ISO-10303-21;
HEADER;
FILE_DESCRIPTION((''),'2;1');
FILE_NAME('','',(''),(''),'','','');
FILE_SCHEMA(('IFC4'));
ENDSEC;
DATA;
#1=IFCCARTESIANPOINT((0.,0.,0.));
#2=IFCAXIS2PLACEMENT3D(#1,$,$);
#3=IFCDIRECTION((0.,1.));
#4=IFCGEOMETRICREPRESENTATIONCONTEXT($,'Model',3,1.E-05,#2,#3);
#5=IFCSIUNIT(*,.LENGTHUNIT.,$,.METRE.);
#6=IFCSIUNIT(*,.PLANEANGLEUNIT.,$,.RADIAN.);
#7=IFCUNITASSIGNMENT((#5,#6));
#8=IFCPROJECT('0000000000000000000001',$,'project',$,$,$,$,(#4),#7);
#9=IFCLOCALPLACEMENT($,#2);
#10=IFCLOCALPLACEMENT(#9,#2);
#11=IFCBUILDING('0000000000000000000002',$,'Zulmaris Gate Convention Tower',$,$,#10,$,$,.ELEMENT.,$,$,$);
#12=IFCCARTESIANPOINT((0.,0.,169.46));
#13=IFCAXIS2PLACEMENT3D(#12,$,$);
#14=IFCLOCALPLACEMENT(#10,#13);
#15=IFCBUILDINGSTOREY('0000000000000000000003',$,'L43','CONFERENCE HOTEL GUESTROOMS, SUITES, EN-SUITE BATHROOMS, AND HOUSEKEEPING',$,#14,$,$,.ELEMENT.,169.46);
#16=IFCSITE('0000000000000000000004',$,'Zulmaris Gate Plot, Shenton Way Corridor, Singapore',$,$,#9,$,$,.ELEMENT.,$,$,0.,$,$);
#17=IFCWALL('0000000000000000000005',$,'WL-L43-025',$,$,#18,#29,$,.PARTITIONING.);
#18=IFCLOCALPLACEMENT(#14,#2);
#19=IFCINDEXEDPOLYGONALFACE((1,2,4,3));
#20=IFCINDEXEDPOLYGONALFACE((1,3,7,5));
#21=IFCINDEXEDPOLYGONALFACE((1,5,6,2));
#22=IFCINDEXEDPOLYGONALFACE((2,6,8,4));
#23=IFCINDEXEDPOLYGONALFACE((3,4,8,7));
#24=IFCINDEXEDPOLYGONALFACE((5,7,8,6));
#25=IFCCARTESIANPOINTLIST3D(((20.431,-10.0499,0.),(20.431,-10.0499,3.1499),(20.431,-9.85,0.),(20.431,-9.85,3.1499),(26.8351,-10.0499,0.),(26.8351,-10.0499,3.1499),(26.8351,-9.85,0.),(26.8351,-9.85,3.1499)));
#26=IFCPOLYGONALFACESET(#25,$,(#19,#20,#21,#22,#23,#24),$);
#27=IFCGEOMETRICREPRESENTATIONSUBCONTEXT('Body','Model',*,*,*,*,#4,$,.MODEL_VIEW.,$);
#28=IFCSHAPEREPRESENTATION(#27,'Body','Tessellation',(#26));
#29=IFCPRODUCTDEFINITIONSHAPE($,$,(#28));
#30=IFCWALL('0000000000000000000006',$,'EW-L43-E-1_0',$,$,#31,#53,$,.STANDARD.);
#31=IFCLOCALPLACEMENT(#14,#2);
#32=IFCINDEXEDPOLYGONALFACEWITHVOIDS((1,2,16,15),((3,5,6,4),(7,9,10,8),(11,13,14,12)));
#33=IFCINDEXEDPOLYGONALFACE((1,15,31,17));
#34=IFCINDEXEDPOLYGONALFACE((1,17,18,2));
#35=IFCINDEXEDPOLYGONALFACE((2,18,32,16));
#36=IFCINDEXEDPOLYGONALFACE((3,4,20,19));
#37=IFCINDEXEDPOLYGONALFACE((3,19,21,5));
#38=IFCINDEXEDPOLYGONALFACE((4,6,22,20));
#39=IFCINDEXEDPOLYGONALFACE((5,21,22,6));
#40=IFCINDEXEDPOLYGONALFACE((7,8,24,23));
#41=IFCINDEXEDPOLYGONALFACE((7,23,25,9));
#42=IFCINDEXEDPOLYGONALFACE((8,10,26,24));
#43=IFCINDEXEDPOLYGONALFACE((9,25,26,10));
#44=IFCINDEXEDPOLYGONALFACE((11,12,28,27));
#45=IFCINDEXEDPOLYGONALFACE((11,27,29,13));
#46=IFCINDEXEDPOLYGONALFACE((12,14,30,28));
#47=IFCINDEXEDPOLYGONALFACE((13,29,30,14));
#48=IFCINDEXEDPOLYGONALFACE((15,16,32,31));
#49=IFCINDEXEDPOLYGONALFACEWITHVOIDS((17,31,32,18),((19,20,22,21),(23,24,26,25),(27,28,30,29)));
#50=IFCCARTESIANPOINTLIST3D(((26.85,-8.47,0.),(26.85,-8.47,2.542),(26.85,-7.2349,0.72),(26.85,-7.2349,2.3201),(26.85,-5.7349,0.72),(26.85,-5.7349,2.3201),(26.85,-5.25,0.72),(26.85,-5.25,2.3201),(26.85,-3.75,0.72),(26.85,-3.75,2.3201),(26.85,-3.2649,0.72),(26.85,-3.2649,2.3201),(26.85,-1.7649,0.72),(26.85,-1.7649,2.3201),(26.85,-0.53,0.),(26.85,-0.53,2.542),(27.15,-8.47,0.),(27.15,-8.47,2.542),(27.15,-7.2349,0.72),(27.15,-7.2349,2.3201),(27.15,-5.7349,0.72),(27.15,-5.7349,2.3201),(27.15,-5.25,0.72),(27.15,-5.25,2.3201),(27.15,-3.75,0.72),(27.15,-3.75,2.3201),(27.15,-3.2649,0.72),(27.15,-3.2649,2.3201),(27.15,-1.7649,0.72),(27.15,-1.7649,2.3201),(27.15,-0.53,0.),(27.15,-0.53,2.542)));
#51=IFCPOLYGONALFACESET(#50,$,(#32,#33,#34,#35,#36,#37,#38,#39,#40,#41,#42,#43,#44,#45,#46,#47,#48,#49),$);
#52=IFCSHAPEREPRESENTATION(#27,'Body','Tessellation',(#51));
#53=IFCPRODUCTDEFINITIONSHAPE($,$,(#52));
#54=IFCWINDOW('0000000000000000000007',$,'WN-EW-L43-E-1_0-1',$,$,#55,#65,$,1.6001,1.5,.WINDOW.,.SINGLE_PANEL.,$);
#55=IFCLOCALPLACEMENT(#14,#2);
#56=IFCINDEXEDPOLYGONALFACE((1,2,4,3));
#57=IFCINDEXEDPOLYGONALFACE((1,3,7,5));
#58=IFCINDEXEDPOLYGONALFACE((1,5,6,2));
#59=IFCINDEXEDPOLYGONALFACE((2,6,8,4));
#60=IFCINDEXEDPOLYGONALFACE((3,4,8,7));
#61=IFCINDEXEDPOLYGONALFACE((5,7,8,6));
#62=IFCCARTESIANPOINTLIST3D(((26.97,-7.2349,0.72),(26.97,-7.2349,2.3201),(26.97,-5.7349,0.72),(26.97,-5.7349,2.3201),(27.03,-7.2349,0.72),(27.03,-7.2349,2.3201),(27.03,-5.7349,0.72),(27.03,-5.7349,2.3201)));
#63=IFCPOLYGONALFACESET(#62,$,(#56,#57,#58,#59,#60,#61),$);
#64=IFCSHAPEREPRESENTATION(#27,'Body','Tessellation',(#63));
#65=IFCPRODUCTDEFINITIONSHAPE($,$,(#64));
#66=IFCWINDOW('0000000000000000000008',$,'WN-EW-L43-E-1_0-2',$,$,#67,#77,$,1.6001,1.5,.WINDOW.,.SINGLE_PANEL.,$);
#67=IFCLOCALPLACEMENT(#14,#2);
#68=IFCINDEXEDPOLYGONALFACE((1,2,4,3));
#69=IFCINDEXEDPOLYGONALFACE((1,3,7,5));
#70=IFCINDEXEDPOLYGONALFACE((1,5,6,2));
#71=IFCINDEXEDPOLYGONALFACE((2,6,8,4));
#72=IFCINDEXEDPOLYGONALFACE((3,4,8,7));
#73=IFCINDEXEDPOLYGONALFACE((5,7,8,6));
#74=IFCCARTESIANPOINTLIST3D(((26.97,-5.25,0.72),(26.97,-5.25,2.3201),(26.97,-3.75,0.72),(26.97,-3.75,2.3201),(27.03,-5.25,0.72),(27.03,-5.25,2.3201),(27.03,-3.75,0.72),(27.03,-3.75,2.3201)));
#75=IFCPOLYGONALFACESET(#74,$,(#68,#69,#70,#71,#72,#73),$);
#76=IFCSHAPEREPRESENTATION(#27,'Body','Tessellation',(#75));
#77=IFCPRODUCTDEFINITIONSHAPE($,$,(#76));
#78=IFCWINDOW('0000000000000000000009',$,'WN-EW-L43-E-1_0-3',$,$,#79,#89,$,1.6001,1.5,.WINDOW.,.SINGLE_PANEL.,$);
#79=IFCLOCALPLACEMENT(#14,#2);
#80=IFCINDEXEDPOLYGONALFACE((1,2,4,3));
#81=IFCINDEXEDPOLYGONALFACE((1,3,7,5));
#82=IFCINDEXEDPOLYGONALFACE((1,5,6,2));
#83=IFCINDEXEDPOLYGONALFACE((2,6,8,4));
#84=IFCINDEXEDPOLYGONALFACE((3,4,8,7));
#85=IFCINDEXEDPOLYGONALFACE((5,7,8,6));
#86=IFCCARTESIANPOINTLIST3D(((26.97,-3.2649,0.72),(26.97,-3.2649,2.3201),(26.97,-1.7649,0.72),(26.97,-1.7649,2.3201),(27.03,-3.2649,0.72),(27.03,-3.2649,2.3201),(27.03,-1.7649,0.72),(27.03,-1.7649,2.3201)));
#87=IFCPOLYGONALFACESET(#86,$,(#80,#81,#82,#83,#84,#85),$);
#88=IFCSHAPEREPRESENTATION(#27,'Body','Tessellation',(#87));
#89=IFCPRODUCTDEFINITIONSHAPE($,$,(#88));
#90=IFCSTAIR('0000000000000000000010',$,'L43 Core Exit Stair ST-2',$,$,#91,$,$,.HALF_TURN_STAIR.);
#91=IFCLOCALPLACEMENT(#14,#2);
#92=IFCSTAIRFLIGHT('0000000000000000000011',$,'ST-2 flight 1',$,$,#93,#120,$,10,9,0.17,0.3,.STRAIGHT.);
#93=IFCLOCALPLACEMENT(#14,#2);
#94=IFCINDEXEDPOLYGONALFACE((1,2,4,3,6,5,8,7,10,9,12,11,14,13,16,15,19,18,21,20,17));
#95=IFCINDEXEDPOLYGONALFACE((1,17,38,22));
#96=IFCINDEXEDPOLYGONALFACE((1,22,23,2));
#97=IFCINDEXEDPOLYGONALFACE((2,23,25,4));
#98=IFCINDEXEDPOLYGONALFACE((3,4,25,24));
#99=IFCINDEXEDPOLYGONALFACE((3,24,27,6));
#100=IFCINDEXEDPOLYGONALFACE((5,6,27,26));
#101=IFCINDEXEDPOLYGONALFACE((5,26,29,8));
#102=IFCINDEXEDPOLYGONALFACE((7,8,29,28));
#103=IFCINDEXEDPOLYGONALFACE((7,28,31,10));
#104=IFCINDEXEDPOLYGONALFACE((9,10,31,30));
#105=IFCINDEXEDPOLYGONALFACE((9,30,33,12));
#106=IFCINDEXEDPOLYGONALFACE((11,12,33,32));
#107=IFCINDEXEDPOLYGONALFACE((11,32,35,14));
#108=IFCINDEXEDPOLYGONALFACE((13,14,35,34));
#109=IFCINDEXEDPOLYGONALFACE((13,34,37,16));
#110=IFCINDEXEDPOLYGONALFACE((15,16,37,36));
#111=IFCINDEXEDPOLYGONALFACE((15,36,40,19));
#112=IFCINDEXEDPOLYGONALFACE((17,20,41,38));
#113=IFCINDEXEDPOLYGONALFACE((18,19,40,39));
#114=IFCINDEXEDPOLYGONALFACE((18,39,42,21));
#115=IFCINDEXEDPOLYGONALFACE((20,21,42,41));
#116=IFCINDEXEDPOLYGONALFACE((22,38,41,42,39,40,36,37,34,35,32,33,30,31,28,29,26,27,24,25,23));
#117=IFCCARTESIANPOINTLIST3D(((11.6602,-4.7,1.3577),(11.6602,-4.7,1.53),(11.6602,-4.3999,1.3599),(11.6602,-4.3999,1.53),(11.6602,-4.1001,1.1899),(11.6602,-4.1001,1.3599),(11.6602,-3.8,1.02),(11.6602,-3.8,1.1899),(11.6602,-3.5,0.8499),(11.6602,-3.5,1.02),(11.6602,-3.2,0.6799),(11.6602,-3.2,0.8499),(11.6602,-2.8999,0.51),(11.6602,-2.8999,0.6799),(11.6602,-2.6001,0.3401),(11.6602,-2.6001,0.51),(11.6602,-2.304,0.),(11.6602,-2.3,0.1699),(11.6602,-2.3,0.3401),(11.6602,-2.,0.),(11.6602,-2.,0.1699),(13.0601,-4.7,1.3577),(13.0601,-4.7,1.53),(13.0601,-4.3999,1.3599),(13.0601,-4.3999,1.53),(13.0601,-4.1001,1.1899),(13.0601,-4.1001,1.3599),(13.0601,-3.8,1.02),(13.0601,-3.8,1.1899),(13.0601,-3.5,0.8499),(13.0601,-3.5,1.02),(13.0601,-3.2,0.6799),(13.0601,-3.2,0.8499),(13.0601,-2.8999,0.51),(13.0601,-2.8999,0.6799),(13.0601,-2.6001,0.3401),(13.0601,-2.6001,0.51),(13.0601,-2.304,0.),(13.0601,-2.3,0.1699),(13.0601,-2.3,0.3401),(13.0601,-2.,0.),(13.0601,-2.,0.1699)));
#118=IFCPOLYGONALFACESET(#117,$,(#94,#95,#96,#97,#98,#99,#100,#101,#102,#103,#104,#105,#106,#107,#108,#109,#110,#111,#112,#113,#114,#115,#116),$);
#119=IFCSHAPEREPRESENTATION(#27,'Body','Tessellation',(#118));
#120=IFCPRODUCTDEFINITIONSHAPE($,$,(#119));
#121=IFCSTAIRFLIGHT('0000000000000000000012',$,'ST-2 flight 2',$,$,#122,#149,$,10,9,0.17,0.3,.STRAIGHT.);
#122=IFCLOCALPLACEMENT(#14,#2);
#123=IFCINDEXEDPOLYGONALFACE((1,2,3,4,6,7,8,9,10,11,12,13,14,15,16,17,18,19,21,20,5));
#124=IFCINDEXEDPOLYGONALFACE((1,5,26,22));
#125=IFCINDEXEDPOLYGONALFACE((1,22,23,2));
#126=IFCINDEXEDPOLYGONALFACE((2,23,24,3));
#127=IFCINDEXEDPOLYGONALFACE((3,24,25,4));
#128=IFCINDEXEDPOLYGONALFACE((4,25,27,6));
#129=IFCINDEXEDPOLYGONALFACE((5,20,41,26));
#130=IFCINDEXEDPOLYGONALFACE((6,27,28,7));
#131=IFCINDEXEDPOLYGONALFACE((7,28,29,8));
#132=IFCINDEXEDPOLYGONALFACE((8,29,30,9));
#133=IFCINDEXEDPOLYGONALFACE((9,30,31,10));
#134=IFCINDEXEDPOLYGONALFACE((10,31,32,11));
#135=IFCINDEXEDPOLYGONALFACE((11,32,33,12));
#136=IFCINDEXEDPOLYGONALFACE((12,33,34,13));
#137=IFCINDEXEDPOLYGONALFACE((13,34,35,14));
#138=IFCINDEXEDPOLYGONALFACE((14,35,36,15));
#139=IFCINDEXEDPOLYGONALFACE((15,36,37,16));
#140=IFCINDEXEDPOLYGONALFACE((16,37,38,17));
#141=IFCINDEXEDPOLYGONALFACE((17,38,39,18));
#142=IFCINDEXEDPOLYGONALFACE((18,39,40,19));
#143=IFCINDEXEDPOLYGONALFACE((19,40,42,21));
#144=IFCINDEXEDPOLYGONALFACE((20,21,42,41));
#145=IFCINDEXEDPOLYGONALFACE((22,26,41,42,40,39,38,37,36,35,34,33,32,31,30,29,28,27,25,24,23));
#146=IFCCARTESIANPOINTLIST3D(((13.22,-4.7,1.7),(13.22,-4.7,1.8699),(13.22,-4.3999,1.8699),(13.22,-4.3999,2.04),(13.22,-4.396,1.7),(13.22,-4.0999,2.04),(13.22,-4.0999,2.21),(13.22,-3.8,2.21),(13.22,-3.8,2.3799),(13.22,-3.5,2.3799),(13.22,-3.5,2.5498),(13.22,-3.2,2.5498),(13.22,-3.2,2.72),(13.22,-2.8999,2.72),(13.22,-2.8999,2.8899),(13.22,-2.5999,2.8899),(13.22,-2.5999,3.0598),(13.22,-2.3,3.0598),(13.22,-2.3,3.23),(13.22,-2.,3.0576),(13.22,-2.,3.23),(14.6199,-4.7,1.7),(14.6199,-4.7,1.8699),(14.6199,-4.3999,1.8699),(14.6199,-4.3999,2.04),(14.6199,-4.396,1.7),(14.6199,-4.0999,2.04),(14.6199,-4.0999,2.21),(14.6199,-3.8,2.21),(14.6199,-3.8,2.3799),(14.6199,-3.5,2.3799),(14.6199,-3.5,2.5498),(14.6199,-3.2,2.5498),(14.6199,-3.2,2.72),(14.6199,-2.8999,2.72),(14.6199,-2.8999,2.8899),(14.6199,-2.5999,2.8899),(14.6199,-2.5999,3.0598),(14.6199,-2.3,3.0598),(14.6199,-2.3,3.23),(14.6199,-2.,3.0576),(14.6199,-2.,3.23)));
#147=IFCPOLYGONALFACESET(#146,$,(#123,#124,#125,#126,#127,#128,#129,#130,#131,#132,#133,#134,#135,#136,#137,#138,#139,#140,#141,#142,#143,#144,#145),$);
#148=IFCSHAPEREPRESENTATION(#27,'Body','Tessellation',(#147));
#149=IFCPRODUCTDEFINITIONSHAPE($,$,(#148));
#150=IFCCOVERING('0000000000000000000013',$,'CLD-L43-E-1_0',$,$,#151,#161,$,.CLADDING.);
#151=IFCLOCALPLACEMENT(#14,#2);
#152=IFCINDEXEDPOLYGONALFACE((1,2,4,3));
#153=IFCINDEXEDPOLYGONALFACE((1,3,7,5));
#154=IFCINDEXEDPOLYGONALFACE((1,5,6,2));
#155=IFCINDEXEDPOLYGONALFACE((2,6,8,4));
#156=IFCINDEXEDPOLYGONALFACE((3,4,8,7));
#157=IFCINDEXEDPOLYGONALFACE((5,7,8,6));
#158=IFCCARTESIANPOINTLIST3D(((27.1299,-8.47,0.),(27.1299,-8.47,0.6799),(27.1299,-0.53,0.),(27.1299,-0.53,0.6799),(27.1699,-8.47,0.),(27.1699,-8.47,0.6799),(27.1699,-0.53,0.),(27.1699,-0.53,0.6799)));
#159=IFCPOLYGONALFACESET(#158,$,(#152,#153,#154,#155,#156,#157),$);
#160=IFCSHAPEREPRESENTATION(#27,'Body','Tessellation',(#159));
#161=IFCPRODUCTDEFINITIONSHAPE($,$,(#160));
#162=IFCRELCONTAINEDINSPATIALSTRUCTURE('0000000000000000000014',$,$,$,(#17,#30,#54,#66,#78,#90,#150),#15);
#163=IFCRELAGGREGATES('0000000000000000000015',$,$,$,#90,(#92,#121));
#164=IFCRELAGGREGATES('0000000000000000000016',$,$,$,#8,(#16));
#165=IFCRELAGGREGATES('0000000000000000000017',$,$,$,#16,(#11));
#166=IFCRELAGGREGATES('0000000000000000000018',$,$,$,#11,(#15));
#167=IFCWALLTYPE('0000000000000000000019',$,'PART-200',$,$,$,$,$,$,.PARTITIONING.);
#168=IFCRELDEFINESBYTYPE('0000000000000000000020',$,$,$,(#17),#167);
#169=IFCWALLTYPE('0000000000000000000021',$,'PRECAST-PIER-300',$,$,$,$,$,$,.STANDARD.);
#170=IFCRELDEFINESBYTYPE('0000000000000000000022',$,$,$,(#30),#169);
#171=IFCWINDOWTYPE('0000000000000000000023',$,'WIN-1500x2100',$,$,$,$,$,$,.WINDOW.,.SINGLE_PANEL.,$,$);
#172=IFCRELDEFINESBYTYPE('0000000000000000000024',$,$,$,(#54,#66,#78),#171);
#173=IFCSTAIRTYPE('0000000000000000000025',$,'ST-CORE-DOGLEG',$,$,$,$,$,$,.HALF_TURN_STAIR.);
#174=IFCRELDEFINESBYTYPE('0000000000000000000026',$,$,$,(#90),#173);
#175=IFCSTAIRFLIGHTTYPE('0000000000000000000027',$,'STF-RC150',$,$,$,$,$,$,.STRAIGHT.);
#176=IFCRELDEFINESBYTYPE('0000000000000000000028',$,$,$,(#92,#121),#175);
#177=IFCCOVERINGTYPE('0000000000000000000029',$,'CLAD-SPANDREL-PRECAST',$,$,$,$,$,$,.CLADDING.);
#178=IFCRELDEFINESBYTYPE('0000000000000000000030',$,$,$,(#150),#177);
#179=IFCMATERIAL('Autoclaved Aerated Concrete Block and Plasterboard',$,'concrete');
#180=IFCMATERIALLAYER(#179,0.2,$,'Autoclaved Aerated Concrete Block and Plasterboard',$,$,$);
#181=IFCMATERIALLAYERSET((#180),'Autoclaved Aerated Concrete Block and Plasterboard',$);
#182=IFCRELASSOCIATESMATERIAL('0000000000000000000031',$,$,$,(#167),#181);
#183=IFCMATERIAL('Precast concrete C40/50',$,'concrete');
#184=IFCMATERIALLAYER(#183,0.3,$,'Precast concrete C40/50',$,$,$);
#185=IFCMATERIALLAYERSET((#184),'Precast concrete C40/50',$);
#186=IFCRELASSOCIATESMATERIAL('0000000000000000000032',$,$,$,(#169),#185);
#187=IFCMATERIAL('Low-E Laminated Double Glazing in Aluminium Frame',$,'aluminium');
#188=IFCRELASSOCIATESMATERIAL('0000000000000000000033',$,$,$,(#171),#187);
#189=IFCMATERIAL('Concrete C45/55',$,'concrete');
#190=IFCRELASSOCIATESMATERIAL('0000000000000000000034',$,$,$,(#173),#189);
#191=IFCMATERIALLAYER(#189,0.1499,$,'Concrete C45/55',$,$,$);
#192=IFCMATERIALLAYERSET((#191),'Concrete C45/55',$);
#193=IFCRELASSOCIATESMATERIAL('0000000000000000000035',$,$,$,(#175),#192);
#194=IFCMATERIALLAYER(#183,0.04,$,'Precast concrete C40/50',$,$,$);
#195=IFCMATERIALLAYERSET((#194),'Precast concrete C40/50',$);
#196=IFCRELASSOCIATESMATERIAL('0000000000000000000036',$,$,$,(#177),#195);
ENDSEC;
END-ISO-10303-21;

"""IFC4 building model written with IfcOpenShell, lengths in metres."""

from ifc_helpers import new_model, si_unit, direction, frame, frame_2d, origin, place, context, subcontext, project, spatial, polyline, rectangle, outline, extrude, material, layer, layer_set, type_object, element, fill, aggregate, save


model = new_model("IFC4")

# Units and contexts
model_context = context("Model", 3, precision=1e-05, world=origin(), true_north=direction((0.0, 1.0)))
body_context = subcontext(model_context, "Body", "Model", "MODEL_VIEW")
ifc_project = project(units=[si_unit("LENGTHUNIT", "METRE"), si_unit("PLANEANGLEUNIT", "RADIAN")], contexts=[model_context])

# Site, building, storey
site_placement = place(None, origin())
site = spatial("IfcSite", under=ifc_project, at=site_placement, Name="Zulmaris Gate Plot, Shenton Way Corridor, Singapore", CompositionType="ELEMENT", RefElevation=0.0)
building_placement = place(site_placement, origin())
building = spatial("IfcBuilding", under=site, at=building_placement, Name="Zulmaris Gate Convention Tower", CompositionType="ELEMENT")
storey_placement = place(building_placement, frame((0.0, 0.0, 169.46)))
storey = spatial("IfcBuildingStorey", under=building, at=storey_placement, Name="L43", Description="CONFERENCE HOTEL GUESTROOMS, SUITES, EN-SUITE BATHROOMS, AND HOUSEKEEPING", CompositionType="ELEMENT", Elevation=169.46)

# Wall
ifc_material_1 = material(Name="Autoclaved Aerated Concrete Block and Plasterboard", Category="concrete")
ifc_layer_1 = layer(ifc_material_1, 0.2, Name="Autoclaved Aerated Concrete Block and Plasterboard")
ifc_layer_set_1 = layer_set([ifc_layer_1], Name="Autoclaved Aerated Concrete Block and Plasterboard")
wall_type_1 = type_object("IfcWallType", Name="PART-200", PredefinedType="PARTITIONING", material=ifc_layer_set_1)
wall_1_placement = place(storey_placement, frame((20.4309, -9.95, 0.0), z_axis=(0.0, 0.0, 1.0), x_axis=(1.0, 0.0, 0.0)))
element("IfcWall", 1, at=wall_1_placement, inside=storey, type_object=wall_type_1, Name="WL-L43-025", PredefinedType="PARTITIONING", context=body_context, shape_type="SweptSolid", body=[
    extrude(rectangle(XDim=6.4041, YDim=0.2, at=frame_2d((3.2021, 0.0))), origin(), (0.0, 0.0, 1.0), 3.1499),
])

# Wall, openings, windows
ifc_material_2 = material(Name="Precast concrete C40/50", Category="concrete")
ifc_layer_2 = layer(ifc_material_2, 0.3, Name="Precast concrete C40/50")
ifc_layer_set_2 = layer_set([ifc_layer_2], Name="Precast concrete C40/50")
wall_type_2 = type_object("IfcWallType", Name="PRECAST-PIER-300", PredefinedType="STANDARD", material=ifc_layer_set_2)
wall_2_placement = place(storey_placement, frame((27.0, -8.47, 0.0), z_axis=(0.0, 0.0, 1.0), x_axis=(0.0, 1.0, 0.0)))
wall_2 = element("IfcWall", 2, at=wall_2_placement, inside=storey, type_object=wall_type_2, Name="EW-L43-E-1_0", PredefinedType="STANDARD", context=body_context, shape_type="SweptSolid", body=[
    extrude(rectangle(XDim=7.9399, YDim=0.3, at=frame_2d((3.97, 0.0))), origin(), (0.0, 0.0, 1.0), 2.542),
])
opening_1_placement = place(wall_2_placement, frame((1.2351, 0.0, 0.72)))
opening_1 = element("IfcOpeningElement", 3, at=opening_1_placement, cuts=wall_2, PredefinedType="OPENING", context=body_context, shape_type="SweptSolid", body=[
    extrude(rectangle(XDim=1.5, YDim=1.6001, at=frame_2d((0.75, 0.8))), frame((0.0, 0.1602, 0.0), z_axis=(0.0, -1.0, 0.0), x_axis=(1.0, 0.0, 0.0)), (0.0, 0.0, 1.0), 0.3201),
])
opening_2_placement = place(wall_2_placement, frame((3.22, 0.0, 0.72)))
opening_2 = element("IfcOpeningElement", 4, at=opening_2_placement, cuts=wall_2, PredefinedType="OPENING", context=body_context, shape_type="SweptSolid", body=[
    extrude(rectangle(XDim=1.5, YDim=1.6001, at=frame_2d((0.75, 0.8))), frame((0.0, 0.1602, 0.0), z_axis=(0.0, -1.0, 0.0), x_axis=(1.0, 0.0, 0.0)), (0.0, 0.0, 1.0), 0.3201),
])
opening_3_placement = place(wall_2_placement, frame((5.2051, 0.0, 0.72)))
opening_3 = element("IfcOpeningElement", 5, at=opening_3_placement, cuts=wall_2, PredefinedType="OPENING", context=body_context, shape_type="SweptSolid", body=[
    extrude(rectangle(XDim=1.5, YDim=1.6001, at=frame_2d((0.75, 0.8))), frame((0.0, 0.1602, 0.0), z_axis=(0.0, -1.0, 0.0), x_axis=(1.0, 0.0, 0.0)), (0.0, 0.0, 1.0), 0.3201),
])
ifc_material_3 = material(Name="Low-E Laminated Double Glazing in Aluminium Frame", Category="aluminium")
window_type = type_object("IfcWindowType", Name="WIN-1500x2100", PartitioningType="SINGLE_PANEL", PredefinedType="WINDOW", material=ifc_material_3)
window_1_placement = place(opening_1_placement, origin())
window_1 = element("IfcWindow", 6, at=window_1_placement, inside=storey, type_object=window_type, Name="WN-EW-L43-E-1_0-1", OverallHeight=1.6001, OverallWidth=1.5, PartitioningType="SINGLE_PANEL", PredefinedType="WINDOW", context=body_context, shape_type="SweptSolid", body=[
    extrude(rectangle(XDim=1.5, YDim=1.6001, at=frame_2d((0.75, 0.8))), frame((0.0, 0.03, 0.0), z_axis=(0.0, -1.0, 0.0), x_axis=(1.0, 0.0, 0.0)), (0.0, 0.0, 1.0), 0.0601),
])
fill(opening_1, window_1)
window_2_placement = place(opening_2_placement, origin())
window_2 = element("IfcWindow", 7, at=window_2_placement, inside=storey, type_object=window_type, Name="WN-EW-L43-E-1_0-2", OverallHeight=1.6001, OverallWidth=1.5, PartitioningType="SINGLE_PANEL", PredefinedType="WINDOW", context=body_context, shape_type="SweptSolid", body=[
    extrude(rectangle(XDim=1.5, YDim=1.6001, at=frame_2d((0.75, 0.8))), frame((0.0, 0.03, 0.0), z_axis=(0.0, -1.0, 0.0), x_axis=(1.0, 0.0, 0.0)), (0.0, 0.0, 1.0), 0.0601),
])
fill(opening_2, window_2)
window_3_placement = place(opening_3_placement, origin())
window_3 = element("IfcWindow", 8, at=window_3_placement, inside=storey, type_object=window_type, Name="WN-EW-L43-E-1_0-3", OverallHeight=1.6001, OverallWidth=1.5, PartitioningType="SINGLE_PANEL", PredefinedType="WINDOW", context=body_context, shape_type="SweptSolid", body=[
    extrude(rectangle(XDim=1.5, YDim=1.6001, at=frame_2d((0.75, 0.8))), frame((0.0, 0.03, 0.0), z_axis=(0.0, -1.0, 0.0), x_axis=(1.0, 0.0, 0.0)), (0.0, 0.0, 1.0), 0.0601),
])
fill(opening_3, window_3)

# Stair, stair flights
ifc_material_4 = material(Name="Concrete C45/55", Category="concrete")
stair_type = type_object("IfcStairType", Name="ST-CORE-DOGLEG", PredefinedType="HALF_TURN_STAIR", material=ifc_material_4)
stair_placement = place(storey_placement, origin())
stair = element("IfcStair", 9, at=stair_placement, inside=storey, type_object=stair_type, Name="L43 Core Exit Stair ST-2", PredefinedType="HALF_TURN_STAIR")
ifc_layer_3 = layer(ifc_material_4, 0.1499, Name="Concrete C45/55")
ifc_layer_set_3 = layer_set([ifc_layer_3], Name="Concrete C45/55")
stair_flight_type = type_object("IfcStairFlightType", Name="STF-RC150", PredefinedType="STRAIGHT", material=ifc_layer_set_3)
stair_flight_1_placement = place(storey_placement, frame((12.3601, -2.0, 0.0), z_axis=(0.0, 0.0, 1.0), x_axis=(0.0, -1.0, 0.0)))
stair_flight_1 = element("IfcStairFlight", 10, at=stair_flight_1_placement, type_object=stair_flight_type, Name="ST-2 flight 1", NumberOfRisers=10, NumberOfTreads=9, PredefinedType="STRAIGHT", RiserHeight=0.17, TreadLength=0.3, context=body_context, shape_type="SweptSolid", body=[
    extrude(outline(polyline([(0.0, 0.0), (0.0, 0.1699), (0.3, 0.1699), (0.3, 0.3401), (0.6001, 0.3401), (0.6001, 0.51), (0.8999, 0.51), (0.8999, 0.6799), (1.2, 0.6799), (1.2, 0.8499), (1.5, 0.8499), (1.5, 1.02), (1.8, 1.02), (1.8, 1.1899), (2.1001, 1.1899), (2.1001, 1.3599), (2.3999, 1.3599), (2.3999, 1.53), (2.7, 1.53), (2.7, 1.7), (2.7, 1.3577), (0.304, 0.0), (0.0, 0.0)])), frame((0.0, 0.7, 0.0), z_axis=(0.0, -1.0, 0.0), x_axis=(1.0, 0.0, 0.0)), (0.0, 0.0, 1.0), 1.3999),
])
stair_flight_2_placement = place(storey_placement, frame((13.9199, -4.7, 1.7), z_axis=(0.0, 0.0, 1.0), x_axis=(0.0, 1.0, 0.0)))
stair_flight_2 = element("IfcStairFlight", 11, at=stair_flight_2_placement, type_object=stair_flight_type, Name="ST-2 flight 2", NumberOfRisers=10, NumberOfTreads=9, PredefinedType="STRAIGHT", RiserHeight=0.17, TreadLength=0.3, context=body_context, shape_type="SweptSolid", body=[
    extrude(outline(polyline([(0.0, 0.0), (0.0, 0.1699), (0.3, 0.1699), (0.3, 0.3401), (0.6001, 0.3401), (0.6001, 0.51), (0.8999, 0.51), (0.8999, 0.6799), (1.2, 0.6799), (1.2, 0.8499), (1.5, 0.8499), (1.5, 1.02), (1.8, 1.02), (1.8, 1.1899), (2.1001, 1.1899), (2.1001, 1.3599), (2.3999, 1.3599), (2.3999, 1.53), (2.7, 1.53), (2.7, 1.7), (2.7, 1.3577), (0.304, 0.0), (0.0, 0.0)])), frame((0.0, 0.7, 0.0), z_axis=(0.0, -1.0, 0.0), x_axis=(1.0, 0.0, 0.0)), (0.0, 0.0, 1.0), 1.3999),
])
aggregate(stair, [stair_flight_1, stair_flight_2])

# Covering
ifc_layer_4 = layer(ifc_material_2, 0.04, Name="Precast concrete C40/50")
ifc_layer_set_4 = layer_set([ifc_layer_4], Name="Precast concrete C40/50")
covering_type = type_object("IfcCoveringType", Name="CLAD-SPANDREL-PRECAST", PredefinedType="CLADDING", material=ifc_layer_set_4)
covering_placement = place(storey_placement, frame((27.1499, -8.47, 0.0), z_axis=(0.0, 0.0, 1.0), x_axis=(0.0, 1.0, 0.0)))
element("IfcCovering", 12, at=covering_placement, inside=storey, type_object=covering_type, Name="CLD-L43-E-1_0", PredefinedType="CLADDING", context=body_context, shape_type="SweptSolid", body=[
    extrude(rectangle(XDim=7.9399, YDim=0.04, at=frame_2d((3.97, 0.0))), origin(), (0.0, 0.0, 1.0), 0.6799),
])

save(model, "model.ifc")
